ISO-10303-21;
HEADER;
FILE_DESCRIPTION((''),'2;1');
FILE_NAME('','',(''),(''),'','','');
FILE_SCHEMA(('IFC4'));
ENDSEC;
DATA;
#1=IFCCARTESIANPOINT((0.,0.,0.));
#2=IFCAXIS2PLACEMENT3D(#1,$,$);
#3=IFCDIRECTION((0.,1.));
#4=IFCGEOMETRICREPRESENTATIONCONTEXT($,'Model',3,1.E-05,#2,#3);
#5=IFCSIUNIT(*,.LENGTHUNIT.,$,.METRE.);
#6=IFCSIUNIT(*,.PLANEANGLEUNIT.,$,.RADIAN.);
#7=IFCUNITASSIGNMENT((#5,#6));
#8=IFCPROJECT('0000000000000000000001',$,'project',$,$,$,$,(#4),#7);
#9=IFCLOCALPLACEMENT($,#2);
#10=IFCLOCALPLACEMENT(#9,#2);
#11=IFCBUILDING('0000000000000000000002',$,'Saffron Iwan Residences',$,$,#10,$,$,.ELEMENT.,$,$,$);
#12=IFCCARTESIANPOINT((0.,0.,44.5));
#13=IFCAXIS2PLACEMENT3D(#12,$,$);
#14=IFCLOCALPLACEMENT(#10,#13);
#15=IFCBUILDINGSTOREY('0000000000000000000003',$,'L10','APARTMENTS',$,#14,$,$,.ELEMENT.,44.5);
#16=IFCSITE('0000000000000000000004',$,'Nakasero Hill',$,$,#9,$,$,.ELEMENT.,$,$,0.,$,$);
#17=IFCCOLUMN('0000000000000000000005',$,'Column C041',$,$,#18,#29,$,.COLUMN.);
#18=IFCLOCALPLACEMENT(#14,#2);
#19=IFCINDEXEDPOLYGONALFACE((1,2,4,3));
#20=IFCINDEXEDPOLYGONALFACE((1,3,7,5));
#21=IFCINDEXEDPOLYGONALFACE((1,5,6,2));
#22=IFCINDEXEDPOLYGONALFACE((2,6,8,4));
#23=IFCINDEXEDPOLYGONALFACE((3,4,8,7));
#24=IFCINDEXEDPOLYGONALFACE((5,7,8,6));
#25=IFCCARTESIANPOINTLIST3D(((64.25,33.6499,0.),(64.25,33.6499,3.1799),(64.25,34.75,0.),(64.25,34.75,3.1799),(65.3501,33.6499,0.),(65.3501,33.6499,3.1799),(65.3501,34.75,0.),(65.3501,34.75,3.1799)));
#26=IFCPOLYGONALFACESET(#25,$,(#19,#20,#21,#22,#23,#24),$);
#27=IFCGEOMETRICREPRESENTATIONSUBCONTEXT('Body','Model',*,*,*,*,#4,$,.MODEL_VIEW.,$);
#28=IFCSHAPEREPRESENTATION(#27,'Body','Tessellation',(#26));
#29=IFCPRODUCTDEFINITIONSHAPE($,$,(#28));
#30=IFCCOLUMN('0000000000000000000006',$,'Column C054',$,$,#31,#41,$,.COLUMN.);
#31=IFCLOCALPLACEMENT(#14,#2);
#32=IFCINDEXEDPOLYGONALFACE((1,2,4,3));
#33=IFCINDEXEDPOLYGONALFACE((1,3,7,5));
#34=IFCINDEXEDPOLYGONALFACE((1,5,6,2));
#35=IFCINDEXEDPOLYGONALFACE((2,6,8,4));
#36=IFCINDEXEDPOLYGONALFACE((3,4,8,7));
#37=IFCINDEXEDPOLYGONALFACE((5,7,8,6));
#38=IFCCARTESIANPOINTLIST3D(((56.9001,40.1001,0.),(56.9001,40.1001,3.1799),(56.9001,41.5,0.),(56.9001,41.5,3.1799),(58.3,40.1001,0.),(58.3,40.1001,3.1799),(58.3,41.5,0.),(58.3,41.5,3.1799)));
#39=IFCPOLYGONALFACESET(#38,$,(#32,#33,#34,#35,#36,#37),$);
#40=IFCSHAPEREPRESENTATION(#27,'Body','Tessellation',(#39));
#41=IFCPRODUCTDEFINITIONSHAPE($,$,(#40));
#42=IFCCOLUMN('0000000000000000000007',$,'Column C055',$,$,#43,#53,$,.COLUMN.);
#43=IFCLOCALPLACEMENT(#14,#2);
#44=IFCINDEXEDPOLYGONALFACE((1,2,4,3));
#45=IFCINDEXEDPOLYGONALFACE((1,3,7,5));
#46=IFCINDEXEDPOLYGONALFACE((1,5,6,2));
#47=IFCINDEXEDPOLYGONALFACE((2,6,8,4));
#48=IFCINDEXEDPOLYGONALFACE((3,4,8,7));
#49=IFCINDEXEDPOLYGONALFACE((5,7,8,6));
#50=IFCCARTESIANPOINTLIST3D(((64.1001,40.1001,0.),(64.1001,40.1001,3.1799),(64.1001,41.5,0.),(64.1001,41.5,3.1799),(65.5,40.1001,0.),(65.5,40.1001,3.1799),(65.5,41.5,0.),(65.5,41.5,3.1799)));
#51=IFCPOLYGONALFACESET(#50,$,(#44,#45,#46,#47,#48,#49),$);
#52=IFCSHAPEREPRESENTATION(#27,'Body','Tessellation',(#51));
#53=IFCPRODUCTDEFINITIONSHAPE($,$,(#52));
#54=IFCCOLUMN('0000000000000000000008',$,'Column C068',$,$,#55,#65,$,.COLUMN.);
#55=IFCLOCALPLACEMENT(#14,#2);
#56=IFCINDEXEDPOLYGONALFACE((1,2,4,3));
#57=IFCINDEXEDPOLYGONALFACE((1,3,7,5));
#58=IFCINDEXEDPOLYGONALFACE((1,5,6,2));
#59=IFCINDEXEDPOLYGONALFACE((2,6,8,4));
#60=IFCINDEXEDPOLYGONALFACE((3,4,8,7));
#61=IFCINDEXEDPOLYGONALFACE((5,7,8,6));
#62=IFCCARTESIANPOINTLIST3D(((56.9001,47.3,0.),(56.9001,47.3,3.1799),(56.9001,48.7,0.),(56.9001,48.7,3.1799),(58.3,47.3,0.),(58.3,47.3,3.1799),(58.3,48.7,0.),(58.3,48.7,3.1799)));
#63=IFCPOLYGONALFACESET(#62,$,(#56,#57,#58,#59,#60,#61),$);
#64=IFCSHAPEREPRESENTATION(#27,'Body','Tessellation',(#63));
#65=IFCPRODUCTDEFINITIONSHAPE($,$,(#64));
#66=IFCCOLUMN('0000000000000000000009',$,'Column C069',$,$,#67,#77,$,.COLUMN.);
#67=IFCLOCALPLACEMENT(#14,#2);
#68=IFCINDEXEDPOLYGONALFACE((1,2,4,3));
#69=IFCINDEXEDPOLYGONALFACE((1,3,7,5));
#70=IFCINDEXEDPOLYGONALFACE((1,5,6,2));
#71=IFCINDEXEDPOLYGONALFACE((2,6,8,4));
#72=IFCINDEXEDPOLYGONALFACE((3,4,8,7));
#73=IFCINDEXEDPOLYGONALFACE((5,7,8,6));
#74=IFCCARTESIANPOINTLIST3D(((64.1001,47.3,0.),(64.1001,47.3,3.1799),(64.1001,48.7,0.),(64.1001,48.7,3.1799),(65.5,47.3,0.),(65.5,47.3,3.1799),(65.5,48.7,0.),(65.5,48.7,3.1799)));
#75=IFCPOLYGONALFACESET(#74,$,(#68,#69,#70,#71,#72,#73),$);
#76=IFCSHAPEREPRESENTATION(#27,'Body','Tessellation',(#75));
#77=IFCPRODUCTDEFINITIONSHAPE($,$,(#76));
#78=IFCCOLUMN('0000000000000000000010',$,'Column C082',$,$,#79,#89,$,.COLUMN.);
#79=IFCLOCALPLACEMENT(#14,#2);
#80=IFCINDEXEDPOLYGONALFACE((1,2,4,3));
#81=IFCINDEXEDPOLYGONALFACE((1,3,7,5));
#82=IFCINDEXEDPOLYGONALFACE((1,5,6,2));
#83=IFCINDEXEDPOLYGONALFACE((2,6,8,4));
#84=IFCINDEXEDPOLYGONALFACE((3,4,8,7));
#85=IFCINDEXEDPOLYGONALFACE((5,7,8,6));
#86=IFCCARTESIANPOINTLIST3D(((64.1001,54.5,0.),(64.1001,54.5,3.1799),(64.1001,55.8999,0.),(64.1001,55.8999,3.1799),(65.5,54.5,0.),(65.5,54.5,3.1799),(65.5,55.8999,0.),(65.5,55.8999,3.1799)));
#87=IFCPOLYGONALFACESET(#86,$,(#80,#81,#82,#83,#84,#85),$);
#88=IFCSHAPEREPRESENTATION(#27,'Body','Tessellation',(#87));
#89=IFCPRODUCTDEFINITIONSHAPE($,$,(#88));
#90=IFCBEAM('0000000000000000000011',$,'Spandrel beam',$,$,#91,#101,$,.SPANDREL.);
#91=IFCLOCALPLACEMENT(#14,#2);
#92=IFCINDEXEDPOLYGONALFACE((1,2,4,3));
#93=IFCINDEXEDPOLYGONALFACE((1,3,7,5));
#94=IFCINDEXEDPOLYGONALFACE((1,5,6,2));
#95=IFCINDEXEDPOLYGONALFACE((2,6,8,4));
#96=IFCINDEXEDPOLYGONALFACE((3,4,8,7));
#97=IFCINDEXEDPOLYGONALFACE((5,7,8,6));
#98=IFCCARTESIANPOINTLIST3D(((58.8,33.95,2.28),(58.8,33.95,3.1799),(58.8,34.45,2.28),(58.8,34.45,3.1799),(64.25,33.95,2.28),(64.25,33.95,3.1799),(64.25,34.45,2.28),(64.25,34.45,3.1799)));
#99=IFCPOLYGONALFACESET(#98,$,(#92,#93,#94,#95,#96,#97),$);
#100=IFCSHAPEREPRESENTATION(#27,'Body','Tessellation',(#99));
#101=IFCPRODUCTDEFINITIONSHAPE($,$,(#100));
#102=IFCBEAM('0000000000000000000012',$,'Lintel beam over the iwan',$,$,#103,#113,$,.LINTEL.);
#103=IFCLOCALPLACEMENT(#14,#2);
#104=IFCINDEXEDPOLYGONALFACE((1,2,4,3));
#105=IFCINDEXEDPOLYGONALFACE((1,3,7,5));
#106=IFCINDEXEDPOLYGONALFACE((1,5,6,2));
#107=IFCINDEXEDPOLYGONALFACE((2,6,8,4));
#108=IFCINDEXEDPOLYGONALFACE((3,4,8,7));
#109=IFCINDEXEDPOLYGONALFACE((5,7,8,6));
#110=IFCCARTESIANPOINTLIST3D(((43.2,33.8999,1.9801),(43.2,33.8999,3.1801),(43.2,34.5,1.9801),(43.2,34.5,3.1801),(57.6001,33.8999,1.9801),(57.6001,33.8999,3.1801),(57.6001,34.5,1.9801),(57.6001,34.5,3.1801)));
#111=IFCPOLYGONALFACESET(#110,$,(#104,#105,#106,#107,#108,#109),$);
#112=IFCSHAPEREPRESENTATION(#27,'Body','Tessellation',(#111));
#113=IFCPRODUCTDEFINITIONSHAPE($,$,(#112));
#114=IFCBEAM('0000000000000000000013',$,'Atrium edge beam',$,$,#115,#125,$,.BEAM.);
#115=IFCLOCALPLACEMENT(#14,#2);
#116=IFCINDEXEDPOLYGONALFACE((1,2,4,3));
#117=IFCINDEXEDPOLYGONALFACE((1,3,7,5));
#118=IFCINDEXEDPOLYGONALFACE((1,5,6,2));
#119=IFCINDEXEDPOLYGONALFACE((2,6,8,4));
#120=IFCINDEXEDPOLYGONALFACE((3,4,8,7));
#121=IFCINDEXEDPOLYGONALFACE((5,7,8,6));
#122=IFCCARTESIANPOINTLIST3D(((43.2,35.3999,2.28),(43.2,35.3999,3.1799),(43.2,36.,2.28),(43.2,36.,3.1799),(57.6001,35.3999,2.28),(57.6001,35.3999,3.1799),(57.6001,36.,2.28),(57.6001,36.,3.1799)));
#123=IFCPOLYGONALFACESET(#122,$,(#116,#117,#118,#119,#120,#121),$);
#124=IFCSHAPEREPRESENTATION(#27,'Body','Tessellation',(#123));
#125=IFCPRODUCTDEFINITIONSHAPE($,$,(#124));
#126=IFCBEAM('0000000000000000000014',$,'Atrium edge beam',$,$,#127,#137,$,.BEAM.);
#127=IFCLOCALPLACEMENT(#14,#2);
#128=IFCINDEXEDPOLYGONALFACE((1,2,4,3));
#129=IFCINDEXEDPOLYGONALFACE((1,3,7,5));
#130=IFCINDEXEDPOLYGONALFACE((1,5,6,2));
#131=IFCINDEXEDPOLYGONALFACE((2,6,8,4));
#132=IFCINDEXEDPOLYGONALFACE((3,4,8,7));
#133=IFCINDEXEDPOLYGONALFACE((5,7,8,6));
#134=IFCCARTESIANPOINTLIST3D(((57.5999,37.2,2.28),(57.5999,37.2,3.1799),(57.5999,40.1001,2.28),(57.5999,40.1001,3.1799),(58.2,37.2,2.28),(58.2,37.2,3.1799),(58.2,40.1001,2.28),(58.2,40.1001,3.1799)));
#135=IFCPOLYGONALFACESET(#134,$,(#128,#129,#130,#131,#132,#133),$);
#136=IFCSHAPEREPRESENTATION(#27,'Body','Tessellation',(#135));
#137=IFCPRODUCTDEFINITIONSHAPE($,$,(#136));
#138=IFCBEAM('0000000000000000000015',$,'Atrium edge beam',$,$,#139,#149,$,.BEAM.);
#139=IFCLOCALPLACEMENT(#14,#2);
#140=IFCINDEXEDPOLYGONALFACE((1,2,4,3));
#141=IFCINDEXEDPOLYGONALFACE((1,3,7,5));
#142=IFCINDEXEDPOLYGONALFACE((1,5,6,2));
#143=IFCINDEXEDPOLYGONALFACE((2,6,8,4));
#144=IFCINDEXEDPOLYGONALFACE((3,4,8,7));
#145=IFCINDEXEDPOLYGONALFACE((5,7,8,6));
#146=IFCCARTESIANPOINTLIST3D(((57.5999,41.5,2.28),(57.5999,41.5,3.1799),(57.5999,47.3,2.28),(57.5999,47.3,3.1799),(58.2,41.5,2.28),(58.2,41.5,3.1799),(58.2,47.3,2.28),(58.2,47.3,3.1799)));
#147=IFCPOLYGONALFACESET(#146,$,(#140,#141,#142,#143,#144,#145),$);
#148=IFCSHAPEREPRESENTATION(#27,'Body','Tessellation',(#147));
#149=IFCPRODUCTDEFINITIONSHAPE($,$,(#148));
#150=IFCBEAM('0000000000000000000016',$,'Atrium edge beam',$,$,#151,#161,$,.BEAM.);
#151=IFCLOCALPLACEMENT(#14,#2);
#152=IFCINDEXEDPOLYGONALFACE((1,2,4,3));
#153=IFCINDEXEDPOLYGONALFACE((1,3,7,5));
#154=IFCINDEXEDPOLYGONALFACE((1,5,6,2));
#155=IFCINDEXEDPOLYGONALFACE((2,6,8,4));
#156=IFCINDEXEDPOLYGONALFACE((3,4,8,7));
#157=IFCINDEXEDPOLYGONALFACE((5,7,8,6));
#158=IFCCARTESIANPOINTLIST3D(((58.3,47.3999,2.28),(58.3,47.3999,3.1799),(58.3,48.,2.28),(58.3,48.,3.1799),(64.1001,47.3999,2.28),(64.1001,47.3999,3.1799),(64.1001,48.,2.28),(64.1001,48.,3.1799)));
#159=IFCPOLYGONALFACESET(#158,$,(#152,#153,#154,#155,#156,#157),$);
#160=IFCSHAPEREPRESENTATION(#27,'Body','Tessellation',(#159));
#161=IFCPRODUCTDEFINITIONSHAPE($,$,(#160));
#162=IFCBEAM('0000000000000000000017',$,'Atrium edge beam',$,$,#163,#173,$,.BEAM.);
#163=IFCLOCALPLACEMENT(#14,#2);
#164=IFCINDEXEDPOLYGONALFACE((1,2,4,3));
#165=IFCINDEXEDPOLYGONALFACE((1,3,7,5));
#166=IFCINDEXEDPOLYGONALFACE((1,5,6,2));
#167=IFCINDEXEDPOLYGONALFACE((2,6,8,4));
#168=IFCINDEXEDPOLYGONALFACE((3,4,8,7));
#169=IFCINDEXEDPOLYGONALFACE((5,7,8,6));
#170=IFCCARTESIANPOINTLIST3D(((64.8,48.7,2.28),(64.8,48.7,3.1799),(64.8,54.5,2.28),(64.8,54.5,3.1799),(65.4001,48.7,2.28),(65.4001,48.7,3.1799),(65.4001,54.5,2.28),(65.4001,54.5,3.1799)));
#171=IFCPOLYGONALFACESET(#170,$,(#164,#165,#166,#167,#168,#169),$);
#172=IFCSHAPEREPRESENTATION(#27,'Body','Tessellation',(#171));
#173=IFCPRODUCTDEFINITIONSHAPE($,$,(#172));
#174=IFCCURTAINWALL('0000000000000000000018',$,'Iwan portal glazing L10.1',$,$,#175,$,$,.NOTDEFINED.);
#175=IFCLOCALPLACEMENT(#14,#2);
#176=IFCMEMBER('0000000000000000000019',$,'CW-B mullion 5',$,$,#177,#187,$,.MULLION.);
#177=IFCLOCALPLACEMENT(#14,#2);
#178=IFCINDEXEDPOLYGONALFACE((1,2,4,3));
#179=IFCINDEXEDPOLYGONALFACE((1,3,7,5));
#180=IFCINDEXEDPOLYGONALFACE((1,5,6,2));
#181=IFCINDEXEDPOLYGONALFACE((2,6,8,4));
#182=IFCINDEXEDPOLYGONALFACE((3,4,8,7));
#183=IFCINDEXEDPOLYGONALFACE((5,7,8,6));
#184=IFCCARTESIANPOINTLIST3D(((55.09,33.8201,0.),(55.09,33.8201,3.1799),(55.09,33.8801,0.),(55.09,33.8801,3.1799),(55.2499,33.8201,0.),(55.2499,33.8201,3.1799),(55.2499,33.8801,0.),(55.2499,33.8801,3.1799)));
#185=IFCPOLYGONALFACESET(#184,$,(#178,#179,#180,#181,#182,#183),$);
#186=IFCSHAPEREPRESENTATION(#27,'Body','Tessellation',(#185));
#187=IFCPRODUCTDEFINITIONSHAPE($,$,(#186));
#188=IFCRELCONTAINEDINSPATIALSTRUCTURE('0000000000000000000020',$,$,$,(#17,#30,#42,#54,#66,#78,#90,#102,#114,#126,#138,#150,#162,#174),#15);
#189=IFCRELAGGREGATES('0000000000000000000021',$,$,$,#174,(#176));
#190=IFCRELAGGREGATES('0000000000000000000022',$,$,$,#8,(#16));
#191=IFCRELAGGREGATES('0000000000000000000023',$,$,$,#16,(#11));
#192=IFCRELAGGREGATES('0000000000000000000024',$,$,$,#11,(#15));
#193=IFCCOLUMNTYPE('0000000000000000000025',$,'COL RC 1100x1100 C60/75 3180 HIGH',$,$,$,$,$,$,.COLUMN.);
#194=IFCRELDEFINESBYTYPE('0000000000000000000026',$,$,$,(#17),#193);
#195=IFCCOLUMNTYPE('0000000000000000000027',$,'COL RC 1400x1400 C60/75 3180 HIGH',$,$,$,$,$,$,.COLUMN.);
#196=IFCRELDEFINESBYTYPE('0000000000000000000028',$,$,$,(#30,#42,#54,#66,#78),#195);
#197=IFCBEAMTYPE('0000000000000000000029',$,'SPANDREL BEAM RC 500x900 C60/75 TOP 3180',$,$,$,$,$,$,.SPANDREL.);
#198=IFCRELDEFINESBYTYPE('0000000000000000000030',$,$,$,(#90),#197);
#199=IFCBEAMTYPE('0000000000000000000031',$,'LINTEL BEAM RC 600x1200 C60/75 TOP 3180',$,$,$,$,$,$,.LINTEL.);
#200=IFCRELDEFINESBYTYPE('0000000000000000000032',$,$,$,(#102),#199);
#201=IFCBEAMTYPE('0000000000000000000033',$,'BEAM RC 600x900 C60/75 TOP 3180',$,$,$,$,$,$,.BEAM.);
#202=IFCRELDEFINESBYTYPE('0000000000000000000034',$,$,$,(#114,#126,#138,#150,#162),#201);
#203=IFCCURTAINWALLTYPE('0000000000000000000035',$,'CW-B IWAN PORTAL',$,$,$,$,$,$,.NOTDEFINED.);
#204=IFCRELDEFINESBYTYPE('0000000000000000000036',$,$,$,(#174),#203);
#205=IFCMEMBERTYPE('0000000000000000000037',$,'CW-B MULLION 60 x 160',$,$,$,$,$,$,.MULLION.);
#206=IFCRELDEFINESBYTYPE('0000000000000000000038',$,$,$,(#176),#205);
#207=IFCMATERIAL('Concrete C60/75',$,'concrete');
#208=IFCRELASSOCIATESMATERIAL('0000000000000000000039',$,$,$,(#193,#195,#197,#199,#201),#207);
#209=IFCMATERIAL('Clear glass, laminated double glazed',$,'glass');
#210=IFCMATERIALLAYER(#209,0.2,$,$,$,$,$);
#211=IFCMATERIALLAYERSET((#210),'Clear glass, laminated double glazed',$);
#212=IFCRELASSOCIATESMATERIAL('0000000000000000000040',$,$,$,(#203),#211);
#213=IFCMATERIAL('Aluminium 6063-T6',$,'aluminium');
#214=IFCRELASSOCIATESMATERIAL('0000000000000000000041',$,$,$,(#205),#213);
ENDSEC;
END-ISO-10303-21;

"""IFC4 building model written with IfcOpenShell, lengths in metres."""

from ifc_helpers import new_model, si_unit, direction, frame, origin, origin_2d, place, context, subcontext, project, spatial, rectangle, extrude, source, transform, mapped, material, layer, layer_set, material_profile, profile_set, type_object, element, aggregate, save


model = new_model("IFC4")

# Units and contexts
model_context = context("Model", 3, precision=1e-05, world=origin(), true_north=direction((0.0, 1.0)))
body_context = subcontext(model_context, "Body", "Model", "MODEL_VIEW")
ifc_project = project(units=[si_unit("LENGTHUNIT", "METRE"), si_unit("PLANEANGLEUNIT", "RADIAN")], contexts=[model_context])

# Site, building, storey
site_placement = place(None, origin())
site = spatial("IfcSite", under=ifc_project, at=site_placement, Name="Nakasero Hill", CompositionType="ELEMENT", RefElevation=0.0)
building_placement = place(site_placement, origin())
building = spatial("IfcBuilding", under=site, at=building_placement, Name="Saffron Iwan Residences", CompositionType="ELEMENT")
storey_placement = place(building_placement, frame((0.0, 0.0, 44.5)))
storey = spatial("IfcBuildingStorey", under=building, at=storey_placement, Name="L10", Description="APARTMENTS", CompositionType="ELEMENT", Elevation=44.5)

# Columns
ifc_material_1 = material(Name="Concrete C60/75", Category="concrete")
ifc_material_profile_1 = material_profile(ifc_material_1, rectangle(XDim=1.1001, YDim=1.1001, at=origin_2d()), Name="RC 1100x1100")
ifc_profile_set_1 = profile_set([ifc_material_profile_1], Name="Concrete C60/75")
column_type_1 = type_object("IfcColumnType", Name="COL RC 1100x1100 C60/75 3180 HIGH", PredefinedType="COLUMN", material=ifc_profile_set_1)
shared_shape_1 = source(origin(), body_context, "Body", "SweptSolid", [
    extrude(rectangle(XDim=1.1001, YDim=1.1001, at=origin_2d()), origin(), (0.0, 0.0, 1.0), 3.1799),
])
column_placement = place(storey_placement, frame((64.8, 34.2, 0.0), z_axis=(0.0, 0.0, 1.0), x_axis=(1.0, 0.0, 0.0)))
element("IfcColumn", 1, at=column_placement, inside=storey, type_object=column_type_1, Name="Column C041", PredefinedType="COLUMN", context=body_context, shape_type="MappedRepresentation", body=[
    mapped(shared_shape_1, transform((0.0, 0.0, 0.0))),
])
ifc_material_profile_2 = material_profile(ifc_material_1, rectangle(XDim=1.3999, YDim=1.3999, at=origin_2d()), Name="RC 1400x1400")
ifc_profile_set_2 = profile_set([ifc_material_profile_2], Name="Concrete C60/75")
column_type_2 = type_object("IfcColumnType", Name="COL RC 1400x1400 C60/75 3180 HIGH", PredefinedType="COLUMN", material=ifc_profile_set_2)
shared_shape_2 = source(origin(), body_context, "Body", "SweptSolid", [
    extrude(rectangle(XDim=1.3999, YDim=1.3999, at=origin_2d()), origin(), (0.0, 0.0, 1.0), 3.1799),
])
for number, where, z_axis, x_axis, name in (
    (2, (57.6001, 40.8, 0.0), (0.0, 0.0, 1.0), (1.0, 0.0, 0.0), "Column C054"),
    (3, (64.8, 40.8, 0.0), (0.0, 0.0, 1.0), (1.0, 0.0, 0.0), "Column C055"),
    (4, (57.6001, 48.0, 0.0), (0.0, 0.0, 1.0), (1.0, 0.0, 0.0), "Column C068"),
    (5, (64.8, 48.0, 0.0), (0.0, 0.0, 1.0), (1.0, 0.0, 0.0), "Column C069"),
    (6, (64.8, 55.2, 0.0), (0.0, 0.0, 1.0), (1.0, 0.0, 0.0), "Column C082"),
):
    element("IfcColumn", number, at=place(storey_placement, frame(where, z_axis=z_axis, x_axis=x_axis)), inside=storey, type_object=column_type_2, Name=name, PredefinedType="COLUMN", context=body_context, shape_type="MappedRepresentation", body=[
        mapped(shared_shape_2, transform((0.0, 0.0, 0.0))),
    ])

# Beams
ifc_material_profile_3 = material_profile(ifc_material_1, rectangle(XDim=0.5, YDim=0.8999, at=origin_2d()), Name="RC 500x900")
ifc_profile_set_3 = profile_set([ifc_material_profile_3], Name="Concrete C60/75")
beam_type_1 = type_object("IfcBeamType", Name="SPANDREL BEAM RC 500x900 C60/75 TOP 3180", PredefinedType="SPANDREL", material=ifc_profile_set_3)
shared_shape_3 = source(origin(), body_context, "Body", "SweptSolid", [
    extrude(rectangle(XDim=0.5, YDim=0.8999, at=origin_2d()), origin(), (0.0, 0.0, 1.0), 5.45),
])
beam_1_placement = place(storey_placement, frame((64.25, 34.2, 2.73), z_axis=(-1.0, 0.0, 0.0), x_axis=(0.0, -1.0, 0.0)))
element("IfcBeam", 7, at=beam_1_placement, inside=storey, type_object=beam_type_1, Name="Spandrel beam", PredefinedType="SPANDREL", context=body_context, shape_type="MappedRepresentation", body=[
    mapped(shared_shape_3, transform((0.0, 0.0, 0.0))),
])
ifc_material_profile_4 = material_profile(ifc_material_1, rectangle(XDim=0.6001, YDim=1.2, at=origin_2d()), Name="RC 600x1200")
ifc_profile_set_4 = profile_set([ifc_material_profile_4], Name="Concrete C60/75")
beam_type_2 = type_object("IfcBeamType", Name="LINTEL BEAM RC 600x1200 C60/75 TOP 3180", PredefinedType="LINTEL", material=ifc_profile_set_4)
shared_shape_4 = source(origin(), body_context, "Body", "SweptSolid", [
    extrude(rectangle(XDim=0.6001, YDim=1.2, at=origin_2d()), origin(), (0.0, 0.0, 1.0), 14.4001),
])
beam_2_placement = place(storey_placement, frame((57.6001, 34.2, 2.5801), z_axis=(-1.0, 0.0, 0.0), x_axis=(0.0, -1.0, 0.0)))
element("IfcBeam", 8, at=beam_2_placement, inside=storey, type_object=beam_type_2, Name="Lintel beam over the iwan", PredefinedType="LINTEL", context=body_context, shape_type="MappedRepresentation", body=[
    mapped(shared_shape_4, transform((0.0, 0.0, 0.0))),
])
ifc_material_profile_5 = material_profile(ifc_material_1, rectangle(XDim=0.6001, YDim=0.8999, at=origin_2d()), Name="RC 600x900")
ifc_profile_set_5 = profile_set([ifc_material_profile_5], Name="Concrete C60/75")
beam_type_3 = type_object("IfcBeamType", Name="BEAM RC 600x900 C60/75 TOP 3180", PredefinedType="BEAM", material=ifc_profile_set_5)
shared_shape_5 = source(origin(), body_context, "Body", "SweptSolid", [
    extrude(rectangle(XDim=0.6001, YDim=0.8999, at=origin_2d()), origin(), (0.0, 0.0, 1.0), 14.4001),
])
beam_3_placement = place(storey_placement, frame((57.6001, 35.7, 2.73), z_axis=(-1.0, 0.0, 0.0), x_axis=(0.0, -1.0, 0.0)))
element("IfcBeam", 9, at=beam_3_placement, inside=storey, type_object=beam_type_3, Name="Atrium edge beam", PredefinedType="BEAM", context=body_context, shape_type="MappedRepresentation", body=[
    mapped(shared_shape_5, transform((0.0, 0.0, 0.0))),
])
shared_shape_6 = source(origin(), body_context, "Body", "SweptSolid", [
    extrude(rectangle(XDim=0.6001, YDim=0.8999, at=origin_2d()), origin(), (0.0, 0.0, 1.0), 2.9001),
])
beam_4_placement = place(storey_placement, frame((57.8999, 40.1001, 2.73), z_axis=(0.0, -1.0, 0.0), x_axis=(1.0, 0.0, 0.0)))
element("IfcBeam", 10, at=beam_4_placement, inside=storey, type_object=beam_type_3, Name="Atrium edge beam", PredefinedType="BEAM", context=body_context, shape_type="MappedRepresentation", body=[
    mapped(shared_shape_6, transform((0.0, 0.0, 0.0))),
])
shared_shape_7 = source(origin(), body_context, "Body", "SweptSolid", [
    extrude(rectangle(XDim=0.6001, YDim=0.8999, at=origin_2d()), origin(), (0.0, 0.0, 1.0), 5.8),
])
for number, where, z_axis, x_axis, name in (
    (11, (57.8999, 47.3, 2.73), (0.0, -1.0, 0.0), (1.0, 0.0, 0.0), "Atrium edge beam"),
    (12, (64.1001, 47.7, 2.73), (-1.0, 0.0, 0.0), (0.0, -1.0, 0.0), "Atrium edge beam"),
    (13, (65.1001, 54.5, 2.73), (0.0, -1.0, 0.0), (1.0, 0.0, 0.0), "Atrium edge beam"),
):
    element("IfcBeam", number, at=place(storey_placement, frame(where, z_axis=z_axis, x_axis=x_axis)), inside=storey, type_object=beam_type_3, Name=name, PredefinedType="BEAM", context=body_context, shape_type="MappedRepresentation", body=[
        mapped(shared_shape_7, transform((0.0, 0.0, 0.0))),
    ])

# Curtain wall, member
ifc_material_2 = material(Name="Clear glass, laminated double glazed", Category="glass")
ifc_layer_1 = layer(ifc_material_2, 0.2)
ifc_layer_set_1 = layer_set([ifc_layer_1], Name="Clear glass, laminated double glazed")
curtain_wall_type = type_object("IfcCurtainWallType", Name="CW-B IWAN PORTAL", PredefinedType="NOTDEFINED", material=ifc_layer_set_1)
curtain_wall_placement = place(storey_placement, origin())
curtain_wall = element("IfcCurtainWall", 14, at=curtain_wall_placement, inside=storey, type_object=curtain_wall_type, Name="Iwan portal glazing L10.1", PredefinedType="NOTDEFINED")
ifc_material_3 = material(Name="Aluminium 6063-T6", Category="aluminium")
ifc_material_profile_6 = material_profile(ifc_material_3, rectangle(XDim=0.0601, YDim=0.1599, at=origin_2d()), Name="CW-B MULLION 60 x 160")
ifc_profile_set_6 = profile_set([ifc_material_profile_6], Name="Aluminium 6063-T6")
member_type_1 = type_object("IfcMemberType", Name="CW-B MULLION 60 x 160", PredefinedType="MULLION", material=ifc_profile_set_6)
shared_shape_8 = source(origin(), body_context, "Body", "SweptSolid", [
    extrude(rectangle(XDim=0.0601, YDim=0.1599, at=origin_2d()), origin(), (0.0, 0.0, 1.0), 3.1799),
])
member_1_placement = place(storey_placement, frame((55.1699, 33.8501, 0.0), z_axis=(0.0, 0.0, 1.0), x_axis=(0.0, 1.0, 0.0)))
member_1 = element("IfcMember", 15, at=member_1_placement, type_object=member_type_1, Name="CW-B mullion 5", PredefinedType="MULLION", context=body_context, shape_type="MappedRepresentation", body=[
    mapped(shared_shape_8, transform((0.0, 0.0, 0.0))),
])
aggregate(curtain_wall, [member_1])

save(model, "model.ifc")
